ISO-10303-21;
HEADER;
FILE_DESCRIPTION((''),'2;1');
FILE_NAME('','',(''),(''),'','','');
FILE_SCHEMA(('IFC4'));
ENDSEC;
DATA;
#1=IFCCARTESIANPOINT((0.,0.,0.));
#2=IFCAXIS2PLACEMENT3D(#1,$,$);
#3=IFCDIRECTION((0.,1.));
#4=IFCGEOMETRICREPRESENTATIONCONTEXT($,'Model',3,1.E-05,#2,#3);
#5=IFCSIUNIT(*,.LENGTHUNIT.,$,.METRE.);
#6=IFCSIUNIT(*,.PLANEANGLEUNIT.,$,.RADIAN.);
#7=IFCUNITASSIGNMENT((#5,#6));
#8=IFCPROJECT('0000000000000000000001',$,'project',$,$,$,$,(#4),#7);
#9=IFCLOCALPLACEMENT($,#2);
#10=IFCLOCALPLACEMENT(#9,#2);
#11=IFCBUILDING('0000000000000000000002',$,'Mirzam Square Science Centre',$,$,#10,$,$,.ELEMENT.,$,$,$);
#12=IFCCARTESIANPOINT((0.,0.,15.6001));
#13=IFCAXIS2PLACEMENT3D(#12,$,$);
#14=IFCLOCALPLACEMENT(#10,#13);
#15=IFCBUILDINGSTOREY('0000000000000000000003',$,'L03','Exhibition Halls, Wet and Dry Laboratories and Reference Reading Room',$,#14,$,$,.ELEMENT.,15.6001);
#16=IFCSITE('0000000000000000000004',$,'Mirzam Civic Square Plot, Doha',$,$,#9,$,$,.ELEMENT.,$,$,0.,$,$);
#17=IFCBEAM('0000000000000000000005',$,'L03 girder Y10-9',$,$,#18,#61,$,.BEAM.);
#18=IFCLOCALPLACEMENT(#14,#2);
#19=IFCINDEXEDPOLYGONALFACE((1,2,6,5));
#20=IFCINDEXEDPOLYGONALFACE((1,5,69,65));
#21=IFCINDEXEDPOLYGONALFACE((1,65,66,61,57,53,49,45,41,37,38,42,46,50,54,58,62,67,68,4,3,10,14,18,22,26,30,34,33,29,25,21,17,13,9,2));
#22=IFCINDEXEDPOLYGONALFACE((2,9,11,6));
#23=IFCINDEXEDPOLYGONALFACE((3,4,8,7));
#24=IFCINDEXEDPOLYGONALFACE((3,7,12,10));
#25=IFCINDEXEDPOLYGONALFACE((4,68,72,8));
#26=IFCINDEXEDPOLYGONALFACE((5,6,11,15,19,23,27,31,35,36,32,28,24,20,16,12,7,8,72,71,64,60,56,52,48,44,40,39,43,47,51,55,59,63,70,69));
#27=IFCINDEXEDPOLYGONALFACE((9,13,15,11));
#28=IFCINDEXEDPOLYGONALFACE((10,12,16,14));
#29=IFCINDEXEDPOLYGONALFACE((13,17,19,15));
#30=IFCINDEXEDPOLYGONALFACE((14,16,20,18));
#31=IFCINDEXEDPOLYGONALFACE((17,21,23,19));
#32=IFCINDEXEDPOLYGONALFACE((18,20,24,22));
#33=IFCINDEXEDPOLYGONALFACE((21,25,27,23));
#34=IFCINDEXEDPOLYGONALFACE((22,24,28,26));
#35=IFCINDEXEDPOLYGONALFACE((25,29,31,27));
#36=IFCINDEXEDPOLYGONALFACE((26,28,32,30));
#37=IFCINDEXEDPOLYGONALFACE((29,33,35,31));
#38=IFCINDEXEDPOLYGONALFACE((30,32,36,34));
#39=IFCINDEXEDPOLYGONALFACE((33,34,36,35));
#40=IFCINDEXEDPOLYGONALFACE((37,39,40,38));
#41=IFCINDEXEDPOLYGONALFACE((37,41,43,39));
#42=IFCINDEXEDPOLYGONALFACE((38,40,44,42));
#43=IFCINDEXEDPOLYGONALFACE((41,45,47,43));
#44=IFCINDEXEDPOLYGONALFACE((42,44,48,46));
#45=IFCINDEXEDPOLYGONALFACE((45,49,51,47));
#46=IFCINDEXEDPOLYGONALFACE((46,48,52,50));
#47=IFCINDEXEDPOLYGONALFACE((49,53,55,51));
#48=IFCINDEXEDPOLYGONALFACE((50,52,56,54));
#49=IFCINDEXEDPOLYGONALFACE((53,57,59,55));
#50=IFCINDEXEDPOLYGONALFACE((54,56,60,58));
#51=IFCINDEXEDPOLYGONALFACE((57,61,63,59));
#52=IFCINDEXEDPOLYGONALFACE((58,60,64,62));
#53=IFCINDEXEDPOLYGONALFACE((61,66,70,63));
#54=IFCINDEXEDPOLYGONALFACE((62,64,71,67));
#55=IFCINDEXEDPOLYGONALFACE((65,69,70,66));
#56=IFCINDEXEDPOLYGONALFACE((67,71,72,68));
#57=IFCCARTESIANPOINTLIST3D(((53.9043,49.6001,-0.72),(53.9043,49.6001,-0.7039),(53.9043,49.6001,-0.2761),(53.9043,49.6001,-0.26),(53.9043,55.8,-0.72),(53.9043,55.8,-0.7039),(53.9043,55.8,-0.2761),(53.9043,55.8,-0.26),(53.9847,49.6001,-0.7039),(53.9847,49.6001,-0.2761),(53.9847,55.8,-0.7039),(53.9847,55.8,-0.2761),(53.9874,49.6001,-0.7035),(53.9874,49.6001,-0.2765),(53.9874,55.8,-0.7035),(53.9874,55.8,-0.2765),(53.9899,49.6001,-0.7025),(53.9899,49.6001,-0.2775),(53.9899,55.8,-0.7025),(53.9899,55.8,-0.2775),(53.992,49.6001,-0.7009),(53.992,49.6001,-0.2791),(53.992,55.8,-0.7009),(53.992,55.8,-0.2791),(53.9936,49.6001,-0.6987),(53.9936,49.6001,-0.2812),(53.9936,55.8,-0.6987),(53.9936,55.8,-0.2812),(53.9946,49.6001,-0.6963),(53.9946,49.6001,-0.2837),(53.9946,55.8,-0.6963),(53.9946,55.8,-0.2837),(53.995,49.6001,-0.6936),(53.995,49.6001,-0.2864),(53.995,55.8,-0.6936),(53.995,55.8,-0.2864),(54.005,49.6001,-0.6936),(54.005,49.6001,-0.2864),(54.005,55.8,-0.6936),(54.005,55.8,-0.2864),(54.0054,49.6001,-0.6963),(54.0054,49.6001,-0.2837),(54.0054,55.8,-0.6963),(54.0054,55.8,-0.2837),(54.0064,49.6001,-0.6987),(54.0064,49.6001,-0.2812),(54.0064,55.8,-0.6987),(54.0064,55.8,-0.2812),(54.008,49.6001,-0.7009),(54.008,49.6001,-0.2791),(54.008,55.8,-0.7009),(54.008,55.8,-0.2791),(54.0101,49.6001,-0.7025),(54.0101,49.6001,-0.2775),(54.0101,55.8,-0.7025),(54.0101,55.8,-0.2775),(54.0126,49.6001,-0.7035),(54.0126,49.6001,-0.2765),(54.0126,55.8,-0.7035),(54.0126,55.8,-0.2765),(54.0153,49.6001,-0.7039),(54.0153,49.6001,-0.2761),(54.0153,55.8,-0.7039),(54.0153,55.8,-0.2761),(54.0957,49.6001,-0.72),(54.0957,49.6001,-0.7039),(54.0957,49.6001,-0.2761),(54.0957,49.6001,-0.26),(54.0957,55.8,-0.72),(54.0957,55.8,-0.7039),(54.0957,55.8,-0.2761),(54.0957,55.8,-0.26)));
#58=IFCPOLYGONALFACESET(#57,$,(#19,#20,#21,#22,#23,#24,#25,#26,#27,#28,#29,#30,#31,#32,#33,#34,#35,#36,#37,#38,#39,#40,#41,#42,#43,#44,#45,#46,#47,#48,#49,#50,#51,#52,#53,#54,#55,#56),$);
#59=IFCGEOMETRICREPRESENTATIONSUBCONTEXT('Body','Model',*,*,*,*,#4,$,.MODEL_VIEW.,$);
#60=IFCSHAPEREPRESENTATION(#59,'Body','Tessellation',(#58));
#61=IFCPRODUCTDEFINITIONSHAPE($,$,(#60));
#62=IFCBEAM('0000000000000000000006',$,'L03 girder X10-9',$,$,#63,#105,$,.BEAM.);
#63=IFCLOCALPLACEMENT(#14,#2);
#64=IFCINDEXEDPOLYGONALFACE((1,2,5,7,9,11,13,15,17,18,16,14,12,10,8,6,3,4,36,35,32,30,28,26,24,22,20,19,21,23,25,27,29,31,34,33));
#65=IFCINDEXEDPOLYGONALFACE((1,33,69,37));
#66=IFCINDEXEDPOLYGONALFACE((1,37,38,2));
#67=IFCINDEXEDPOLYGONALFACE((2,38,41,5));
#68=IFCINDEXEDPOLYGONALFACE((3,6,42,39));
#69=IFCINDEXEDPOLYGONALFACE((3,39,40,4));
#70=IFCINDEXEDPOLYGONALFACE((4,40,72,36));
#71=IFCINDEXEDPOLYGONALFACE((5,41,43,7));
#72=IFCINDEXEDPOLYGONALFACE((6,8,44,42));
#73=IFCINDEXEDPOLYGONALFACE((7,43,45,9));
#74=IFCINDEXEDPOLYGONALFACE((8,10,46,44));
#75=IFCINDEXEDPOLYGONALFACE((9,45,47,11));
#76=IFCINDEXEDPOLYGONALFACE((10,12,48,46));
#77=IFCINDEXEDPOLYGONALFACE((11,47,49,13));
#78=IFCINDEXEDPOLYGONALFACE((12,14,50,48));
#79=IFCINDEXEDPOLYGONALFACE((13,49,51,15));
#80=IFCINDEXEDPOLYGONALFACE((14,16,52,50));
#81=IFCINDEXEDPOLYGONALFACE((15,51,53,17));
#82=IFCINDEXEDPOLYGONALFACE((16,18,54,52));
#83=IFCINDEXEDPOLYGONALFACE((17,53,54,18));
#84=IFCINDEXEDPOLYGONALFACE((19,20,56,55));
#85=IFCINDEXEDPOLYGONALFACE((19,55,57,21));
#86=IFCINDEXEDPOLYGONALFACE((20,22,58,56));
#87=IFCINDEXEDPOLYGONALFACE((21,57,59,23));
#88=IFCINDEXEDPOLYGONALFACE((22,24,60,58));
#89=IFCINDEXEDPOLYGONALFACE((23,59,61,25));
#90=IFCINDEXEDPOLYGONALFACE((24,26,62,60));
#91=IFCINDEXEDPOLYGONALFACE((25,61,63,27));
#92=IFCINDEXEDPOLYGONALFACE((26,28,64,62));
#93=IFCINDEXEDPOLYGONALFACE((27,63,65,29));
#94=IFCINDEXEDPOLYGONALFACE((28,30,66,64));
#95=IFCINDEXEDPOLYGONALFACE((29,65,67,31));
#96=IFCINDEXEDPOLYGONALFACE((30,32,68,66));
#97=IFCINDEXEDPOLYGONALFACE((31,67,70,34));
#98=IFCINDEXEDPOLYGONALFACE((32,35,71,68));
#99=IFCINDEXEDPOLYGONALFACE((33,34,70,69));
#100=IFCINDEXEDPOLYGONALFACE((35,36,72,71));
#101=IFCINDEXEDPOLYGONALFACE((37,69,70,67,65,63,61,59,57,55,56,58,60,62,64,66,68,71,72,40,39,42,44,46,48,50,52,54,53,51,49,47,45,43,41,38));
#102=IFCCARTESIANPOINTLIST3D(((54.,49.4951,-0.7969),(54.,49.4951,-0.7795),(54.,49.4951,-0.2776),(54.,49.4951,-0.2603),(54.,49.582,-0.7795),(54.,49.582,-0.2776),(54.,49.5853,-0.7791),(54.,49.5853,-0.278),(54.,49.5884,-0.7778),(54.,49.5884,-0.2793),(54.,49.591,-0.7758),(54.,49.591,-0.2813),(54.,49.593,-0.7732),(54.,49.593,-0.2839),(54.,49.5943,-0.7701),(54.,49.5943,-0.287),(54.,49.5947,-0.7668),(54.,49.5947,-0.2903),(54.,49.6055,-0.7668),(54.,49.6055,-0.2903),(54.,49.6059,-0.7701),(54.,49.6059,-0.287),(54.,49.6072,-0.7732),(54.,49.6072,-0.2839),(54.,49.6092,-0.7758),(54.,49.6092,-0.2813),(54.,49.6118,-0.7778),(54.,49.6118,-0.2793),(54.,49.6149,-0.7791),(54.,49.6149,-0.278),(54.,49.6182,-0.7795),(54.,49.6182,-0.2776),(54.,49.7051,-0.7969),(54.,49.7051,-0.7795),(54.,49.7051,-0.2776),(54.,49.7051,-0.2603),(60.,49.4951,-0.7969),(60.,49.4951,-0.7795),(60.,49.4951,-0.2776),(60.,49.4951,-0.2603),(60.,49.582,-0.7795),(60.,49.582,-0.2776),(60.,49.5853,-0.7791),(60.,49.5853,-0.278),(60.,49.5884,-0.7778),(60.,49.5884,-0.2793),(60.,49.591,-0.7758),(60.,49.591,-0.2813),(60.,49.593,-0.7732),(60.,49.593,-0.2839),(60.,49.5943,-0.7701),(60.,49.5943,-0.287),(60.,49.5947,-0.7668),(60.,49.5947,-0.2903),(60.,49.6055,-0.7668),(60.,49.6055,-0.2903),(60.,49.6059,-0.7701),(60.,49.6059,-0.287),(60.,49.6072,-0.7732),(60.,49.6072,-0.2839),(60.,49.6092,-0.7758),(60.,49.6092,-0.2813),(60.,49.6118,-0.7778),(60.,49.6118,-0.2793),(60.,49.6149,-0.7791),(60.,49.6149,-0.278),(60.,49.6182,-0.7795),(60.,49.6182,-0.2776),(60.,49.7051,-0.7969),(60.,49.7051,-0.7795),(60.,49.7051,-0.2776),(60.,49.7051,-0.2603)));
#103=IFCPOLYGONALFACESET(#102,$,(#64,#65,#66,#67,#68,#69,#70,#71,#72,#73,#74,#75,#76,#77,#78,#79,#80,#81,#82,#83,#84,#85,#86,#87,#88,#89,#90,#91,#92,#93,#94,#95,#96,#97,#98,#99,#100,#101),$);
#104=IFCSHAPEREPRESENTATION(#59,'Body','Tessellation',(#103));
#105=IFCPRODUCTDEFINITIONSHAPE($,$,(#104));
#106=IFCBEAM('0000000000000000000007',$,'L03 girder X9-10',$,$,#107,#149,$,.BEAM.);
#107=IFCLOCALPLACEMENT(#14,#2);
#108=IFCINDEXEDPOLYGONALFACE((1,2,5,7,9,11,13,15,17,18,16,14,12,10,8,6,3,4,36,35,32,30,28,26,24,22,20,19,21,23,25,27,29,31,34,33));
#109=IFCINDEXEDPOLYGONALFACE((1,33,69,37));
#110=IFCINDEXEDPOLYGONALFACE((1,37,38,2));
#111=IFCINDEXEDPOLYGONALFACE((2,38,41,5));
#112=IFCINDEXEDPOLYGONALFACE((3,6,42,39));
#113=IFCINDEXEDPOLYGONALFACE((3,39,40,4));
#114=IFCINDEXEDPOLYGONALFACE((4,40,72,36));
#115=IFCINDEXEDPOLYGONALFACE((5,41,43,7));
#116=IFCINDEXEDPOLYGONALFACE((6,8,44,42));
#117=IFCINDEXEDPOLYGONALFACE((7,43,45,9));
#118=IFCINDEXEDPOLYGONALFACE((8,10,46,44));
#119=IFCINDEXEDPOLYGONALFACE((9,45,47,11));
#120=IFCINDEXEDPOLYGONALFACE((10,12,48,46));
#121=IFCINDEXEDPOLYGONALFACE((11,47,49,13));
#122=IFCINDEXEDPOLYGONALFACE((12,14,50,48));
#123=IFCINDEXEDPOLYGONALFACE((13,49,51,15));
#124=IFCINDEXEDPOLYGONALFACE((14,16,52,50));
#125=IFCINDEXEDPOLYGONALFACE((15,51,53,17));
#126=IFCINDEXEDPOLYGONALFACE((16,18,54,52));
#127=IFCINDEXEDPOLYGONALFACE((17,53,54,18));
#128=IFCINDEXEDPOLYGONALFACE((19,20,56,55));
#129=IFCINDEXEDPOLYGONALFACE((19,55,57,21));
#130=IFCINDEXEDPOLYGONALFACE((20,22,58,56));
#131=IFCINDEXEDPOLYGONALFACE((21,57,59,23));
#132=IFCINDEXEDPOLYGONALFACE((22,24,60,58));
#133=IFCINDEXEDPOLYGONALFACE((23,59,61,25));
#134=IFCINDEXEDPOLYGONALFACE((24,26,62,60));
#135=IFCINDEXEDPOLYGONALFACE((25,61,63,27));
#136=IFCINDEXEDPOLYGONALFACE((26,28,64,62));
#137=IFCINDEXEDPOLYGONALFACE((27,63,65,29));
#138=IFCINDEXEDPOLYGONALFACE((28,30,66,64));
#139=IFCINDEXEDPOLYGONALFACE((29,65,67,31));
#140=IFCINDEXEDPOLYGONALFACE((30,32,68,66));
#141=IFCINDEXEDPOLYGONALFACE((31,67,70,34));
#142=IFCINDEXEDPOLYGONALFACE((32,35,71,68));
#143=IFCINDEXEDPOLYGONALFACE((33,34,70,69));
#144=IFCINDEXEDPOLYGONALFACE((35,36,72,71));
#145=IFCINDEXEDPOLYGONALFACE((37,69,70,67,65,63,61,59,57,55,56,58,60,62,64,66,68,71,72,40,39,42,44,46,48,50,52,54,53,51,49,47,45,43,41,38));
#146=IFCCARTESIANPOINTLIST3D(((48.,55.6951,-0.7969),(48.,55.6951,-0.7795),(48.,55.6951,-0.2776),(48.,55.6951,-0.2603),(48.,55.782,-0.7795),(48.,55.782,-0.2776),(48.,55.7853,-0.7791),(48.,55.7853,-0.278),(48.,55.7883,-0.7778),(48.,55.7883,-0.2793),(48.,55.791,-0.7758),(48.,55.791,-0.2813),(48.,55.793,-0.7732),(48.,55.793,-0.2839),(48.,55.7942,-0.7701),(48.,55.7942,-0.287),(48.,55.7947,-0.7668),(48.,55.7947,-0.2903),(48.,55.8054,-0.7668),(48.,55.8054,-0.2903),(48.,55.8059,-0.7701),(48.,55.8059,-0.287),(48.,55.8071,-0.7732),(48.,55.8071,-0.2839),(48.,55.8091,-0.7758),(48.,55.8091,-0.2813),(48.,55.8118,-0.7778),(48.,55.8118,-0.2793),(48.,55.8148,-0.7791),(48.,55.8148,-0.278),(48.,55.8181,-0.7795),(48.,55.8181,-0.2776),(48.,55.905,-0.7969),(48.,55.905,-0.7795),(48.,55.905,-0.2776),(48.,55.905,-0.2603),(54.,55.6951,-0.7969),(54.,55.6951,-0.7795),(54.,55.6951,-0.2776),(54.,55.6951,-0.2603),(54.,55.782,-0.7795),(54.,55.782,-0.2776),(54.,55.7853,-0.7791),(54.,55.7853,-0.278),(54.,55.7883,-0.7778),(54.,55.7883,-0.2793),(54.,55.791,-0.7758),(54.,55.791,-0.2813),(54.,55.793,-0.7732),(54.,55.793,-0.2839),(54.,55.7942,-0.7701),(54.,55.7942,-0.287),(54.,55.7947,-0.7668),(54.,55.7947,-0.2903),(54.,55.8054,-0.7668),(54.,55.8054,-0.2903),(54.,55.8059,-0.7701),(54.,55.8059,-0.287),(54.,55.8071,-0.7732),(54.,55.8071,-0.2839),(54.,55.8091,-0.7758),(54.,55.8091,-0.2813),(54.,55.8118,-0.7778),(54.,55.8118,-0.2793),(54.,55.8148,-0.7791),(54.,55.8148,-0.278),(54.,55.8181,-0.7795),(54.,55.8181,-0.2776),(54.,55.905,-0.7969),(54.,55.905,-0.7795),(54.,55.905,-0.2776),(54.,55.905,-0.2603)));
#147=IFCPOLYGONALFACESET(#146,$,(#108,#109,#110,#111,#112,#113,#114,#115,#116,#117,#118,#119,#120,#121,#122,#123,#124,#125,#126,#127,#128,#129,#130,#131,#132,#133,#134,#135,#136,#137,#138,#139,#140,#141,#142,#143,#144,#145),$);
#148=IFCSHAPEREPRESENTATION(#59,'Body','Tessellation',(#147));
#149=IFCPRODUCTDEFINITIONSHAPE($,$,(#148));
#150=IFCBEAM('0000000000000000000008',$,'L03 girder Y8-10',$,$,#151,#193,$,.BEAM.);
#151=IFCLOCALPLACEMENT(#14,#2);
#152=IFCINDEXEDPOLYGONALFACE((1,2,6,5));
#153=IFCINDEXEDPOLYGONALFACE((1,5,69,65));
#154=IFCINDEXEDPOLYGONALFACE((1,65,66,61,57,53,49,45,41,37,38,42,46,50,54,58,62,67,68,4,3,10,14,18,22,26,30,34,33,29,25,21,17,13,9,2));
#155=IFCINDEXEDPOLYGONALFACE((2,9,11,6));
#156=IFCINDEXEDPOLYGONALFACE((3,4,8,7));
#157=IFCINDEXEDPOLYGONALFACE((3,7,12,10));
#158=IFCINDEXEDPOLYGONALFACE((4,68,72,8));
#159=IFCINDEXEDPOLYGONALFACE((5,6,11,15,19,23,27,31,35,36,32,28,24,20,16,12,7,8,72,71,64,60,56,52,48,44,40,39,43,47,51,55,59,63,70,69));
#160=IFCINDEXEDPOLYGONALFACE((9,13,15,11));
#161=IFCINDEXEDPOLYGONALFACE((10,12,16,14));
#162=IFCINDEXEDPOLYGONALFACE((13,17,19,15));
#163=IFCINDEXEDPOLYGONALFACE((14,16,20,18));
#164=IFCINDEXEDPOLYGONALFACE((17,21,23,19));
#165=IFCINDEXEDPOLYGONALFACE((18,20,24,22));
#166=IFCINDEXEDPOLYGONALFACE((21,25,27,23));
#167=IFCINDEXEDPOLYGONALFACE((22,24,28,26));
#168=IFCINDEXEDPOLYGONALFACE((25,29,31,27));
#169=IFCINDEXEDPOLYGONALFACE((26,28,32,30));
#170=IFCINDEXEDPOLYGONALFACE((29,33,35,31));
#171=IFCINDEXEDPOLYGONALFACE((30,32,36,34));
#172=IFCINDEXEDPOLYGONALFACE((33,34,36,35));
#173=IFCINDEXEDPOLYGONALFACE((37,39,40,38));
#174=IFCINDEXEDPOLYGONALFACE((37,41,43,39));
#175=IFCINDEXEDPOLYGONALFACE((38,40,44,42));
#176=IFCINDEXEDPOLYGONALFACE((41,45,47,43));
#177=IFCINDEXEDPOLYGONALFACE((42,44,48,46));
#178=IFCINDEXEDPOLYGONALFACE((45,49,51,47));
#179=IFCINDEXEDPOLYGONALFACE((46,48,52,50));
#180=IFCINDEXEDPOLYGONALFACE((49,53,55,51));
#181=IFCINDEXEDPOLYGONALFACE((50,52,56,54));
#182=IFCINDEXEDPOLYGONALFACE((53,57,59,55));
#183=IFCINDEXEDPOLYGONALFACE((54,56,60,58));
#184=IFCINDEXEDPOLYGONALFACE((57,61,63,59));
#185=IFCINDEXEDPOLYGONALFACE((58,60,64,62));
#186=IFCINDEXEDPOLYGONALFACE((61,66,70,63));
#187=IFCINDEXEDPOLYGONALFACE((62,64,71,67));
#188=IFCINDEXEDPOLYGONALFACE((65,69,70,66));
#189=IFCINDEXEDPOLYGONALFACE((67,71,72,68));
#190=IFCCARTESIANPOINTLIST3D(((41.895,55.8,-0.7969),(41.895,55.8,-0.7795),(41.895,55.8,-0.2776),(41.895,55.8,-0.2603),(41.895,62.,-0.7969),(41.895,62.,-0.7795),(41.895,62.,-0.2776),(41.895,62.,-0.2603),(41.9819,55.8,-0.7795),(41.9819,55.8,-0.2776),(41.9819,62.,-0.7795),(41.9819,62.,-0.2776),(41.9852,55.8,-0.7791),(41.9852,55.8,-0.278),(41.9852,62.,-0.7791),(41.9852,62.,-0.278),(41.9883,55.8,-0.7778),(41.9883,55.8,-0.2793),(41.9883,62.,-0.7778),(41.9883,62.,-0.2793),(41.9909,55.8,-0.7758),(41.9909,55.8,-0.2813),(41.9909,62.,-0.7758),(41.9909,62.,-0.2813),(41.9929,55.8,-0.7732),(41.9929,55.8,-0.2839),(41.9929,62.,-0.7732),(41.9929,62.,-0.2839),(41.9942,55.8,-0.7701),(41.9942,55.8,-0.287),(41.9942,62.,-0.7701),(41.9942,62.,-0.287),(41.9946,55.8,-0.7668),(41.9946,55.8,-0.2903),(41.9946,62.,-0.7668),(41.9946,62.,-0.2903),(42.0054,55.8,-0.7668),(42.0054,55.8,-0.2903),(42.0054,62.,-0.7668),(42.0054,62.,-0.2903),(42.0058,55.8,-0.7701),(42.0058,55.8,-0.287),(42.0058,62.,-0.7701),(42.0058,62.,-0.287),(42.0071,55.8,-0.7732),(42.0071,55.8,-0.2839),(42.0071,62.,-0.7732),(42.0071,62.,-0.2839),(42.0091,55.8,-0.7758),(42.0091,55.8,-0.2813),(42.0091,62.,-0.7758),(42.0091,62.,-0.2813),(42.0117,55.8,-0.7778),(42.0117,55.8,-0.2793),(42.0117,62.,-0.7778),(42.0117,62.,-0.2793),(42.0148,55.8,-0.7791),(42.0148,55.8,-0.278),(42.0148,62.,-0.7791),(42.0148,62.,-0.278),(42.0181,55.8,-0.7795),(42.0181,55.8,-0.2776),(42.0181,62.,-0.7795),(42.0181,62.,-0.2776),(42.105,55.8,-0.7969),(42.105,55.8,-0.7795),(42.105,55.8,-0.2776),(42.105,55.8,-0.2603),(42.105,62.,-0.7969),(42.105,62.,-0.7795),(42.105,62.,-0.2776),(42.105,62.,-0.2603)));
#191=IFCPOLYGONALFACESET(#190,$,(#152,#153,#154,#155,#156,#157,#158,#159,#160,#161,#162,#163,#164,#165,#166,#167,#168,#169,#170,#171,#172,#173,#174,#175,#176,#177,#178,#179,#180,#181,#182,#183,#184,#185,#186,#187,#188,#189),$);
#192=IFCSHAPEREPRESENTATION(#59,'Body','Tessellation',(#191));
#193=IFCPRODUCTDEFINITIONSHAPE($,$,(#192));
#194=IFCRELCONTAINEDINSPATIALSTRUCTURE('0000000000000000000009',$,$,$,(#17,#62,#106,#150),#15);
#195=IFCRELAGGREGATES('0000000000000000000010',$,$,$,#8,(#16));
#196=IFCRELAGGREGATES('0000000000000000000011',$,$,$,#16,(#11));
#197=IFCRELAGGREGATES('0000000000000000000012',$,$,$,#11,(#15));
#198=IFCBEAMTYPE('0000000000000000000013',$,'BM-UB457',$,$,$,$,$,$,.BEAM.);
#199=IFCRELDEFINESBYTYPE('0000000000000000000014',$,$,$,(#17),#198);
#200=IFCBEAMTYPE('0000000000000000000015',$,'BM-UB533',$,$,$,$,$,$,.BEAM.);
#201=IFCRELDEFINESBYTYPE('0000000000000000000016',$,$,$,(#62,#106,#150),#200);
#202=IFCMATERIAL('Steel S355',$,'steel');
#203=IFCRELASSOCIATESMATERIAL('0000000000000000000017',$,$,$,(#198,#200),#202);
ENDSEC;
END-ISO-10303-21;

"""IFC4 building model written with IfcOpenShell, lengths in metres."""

from ifc_helpers import new_model, si_unit, direction, frame, origin, origin_2d, place, context, subcontext, project, spatial, i_section, extrude, material, material_profile, profile_set, type_object, element, save


model = new_model("IFC4")

# Units and contexts
model_context = context("Model", 3, precision=1e-05, world=origin(), true_north=direction((0.0, 1.0)))
body_context = subcontext(model_context, "Body", "Model", "MODEL_VIEW")
ifc_project = project(units=[si_unit("LENGTHUNIT", "METRE"), si_unit("PLANEANGLEUNIT", "RADIAN")], contexts=[model_context])

# Site, building, storey
site_placement = place(None, origin())
site = spatial("IfcSite", under=ifc_project, at=site_placement, Name="Mirzam Civic Square Plot, Doha", CompositionType="ELEMENT", RefElevation=0.0)
building_placement = place(site_placement, origin())
building = spatial("IfcBuilding", under=site, at=building_placement, Name="Mirzam Square Science Centre", CompositionType="ELEMENT")
storey_placement = place(building_placement, frame((0.0, 0.0, 15.6001)))
storey = spatial("IfcBuildingStorey", under=building, at=storey_placement, Name="L03", Description="Exhibition Halls, Wet and Dry Laboratories and Reference Reading Room", CompositionType="ELEMENT", Elevation=15.6001)

# Shared definitions
ifc_material_1 = material(Name="Steel S355", Category="steel")

# Beams
ifc_material_profile_1 = material_profile(ifc_material_1, i_section(OverallWidth=0.1914, OverallDepth=0.46, WebThickness=0.01, FlangeThickness=0.0161, FilletRadius=0.0103, at=origin_2d()), Name="457x191x82UB")
ifc_profile_set_1 = profile_set([ifc_material_profile_1], Name="Steel S355")
beam_type_1 = type_object("IfcBeamType", Name="BM-UB457", PredefinedType="BEAM", material=ifc_profile_set_1)
for number, where, z_axis, x_axis, name in (
    (1, (54.0, 49.6001, -0.49), (0.0, 1.0, 0.0), (-1.0, 0.0, 0.0), "L03 girder Y10-9"),
):
    element("IfcBeam", number, at=place(storey_placement, frame(where, z_axis=z_axis, x_axis=x_axis)), inside=storey, type_object=beam_type_1, Name=name, PredefinedType="BEAM", context=body_context, shape_type="SweptSolid", body=[
        extrude(i_section(OverallWidth=0.1914, OverallDepth=0.46, WebThickness=0.01, FlangeThickness=0.0161, FilletRadius=0.0103, at=origin_2d()), origin(), (0.0, 0.0, 1.0), 6.2),
    ])
ifc_material_profile_2 = material_profile(ifc_material_1, i_section(OverallWidth=0.21, OverallDepth=0.5366, WebThickness=0.0107, FlangeThickness=0.0173, FilletRadius=0.0127, at=origin_2d()), Name="533x210x101UB")
ifc_profile_set_2 = profile_set([ifc_material_profile_2], Name="Steel S355")
beam_type_2 = type_object("IfcBeamType", Name="BM-UB533", PredefinedType="BEAM", material=ifc_profile_set_2)
for number, where, z_axis, x_axis, name in (
    (2, (54.0, 49.6001, -0.5286), (1.0, 0.0, 0.0), (0.0, 1.0, 0.0), "L03 girder X10-9"),
    (3, (48.0, 55.8, -0.5286), (1.0, 0.0, 0.0), (0.0, 1.0, 0.0), "L03 girder X9-10"),
):
    element("IfcBeam", number, at=place(storey_placement, frame(where, z_axis=z_axis, x_axis=x_axis)), inside=storey, type_object=beam_type_2, Name=name, PredefinedType="BEAM", context=body_context, shape_type="SweptSolid", body=[
        extrude(i_section(OverallWidth=0.21, OverallDepth=0.5366, WebThickness=0.0107, FlangeThickness=0.0173, FilletRadius=0.0127, at=origin_2d()), origin(), (0.0, 0.0, 1.0), 6.0),
    ])
beam_1_placement = place(storey_placement, frame((42.0, 55.8, -0.5286), z_axis=(0.0, 1.0, 0.0), x_axis=(-1.0, 0.0, 0.0)))
element("IfcBeam", 4, at=beam_1_placement, inside=storey, type_object=beam_type_2, Name="L03 girder Y8-10", PredefinedType="BEAM", context=body_context, shape_type="SweptSolid", body=[
    extrude(i_section(OverallWidth=0.21, OverallDepth=0.5366, WebThickness=0.0107, FlangeThickness=0.0173, FilletRadius=0.0127, at=origin_2d()), origin(), (0.0, 0.0, 1.0), 6.2),
])

save(model, "model.ifc")
